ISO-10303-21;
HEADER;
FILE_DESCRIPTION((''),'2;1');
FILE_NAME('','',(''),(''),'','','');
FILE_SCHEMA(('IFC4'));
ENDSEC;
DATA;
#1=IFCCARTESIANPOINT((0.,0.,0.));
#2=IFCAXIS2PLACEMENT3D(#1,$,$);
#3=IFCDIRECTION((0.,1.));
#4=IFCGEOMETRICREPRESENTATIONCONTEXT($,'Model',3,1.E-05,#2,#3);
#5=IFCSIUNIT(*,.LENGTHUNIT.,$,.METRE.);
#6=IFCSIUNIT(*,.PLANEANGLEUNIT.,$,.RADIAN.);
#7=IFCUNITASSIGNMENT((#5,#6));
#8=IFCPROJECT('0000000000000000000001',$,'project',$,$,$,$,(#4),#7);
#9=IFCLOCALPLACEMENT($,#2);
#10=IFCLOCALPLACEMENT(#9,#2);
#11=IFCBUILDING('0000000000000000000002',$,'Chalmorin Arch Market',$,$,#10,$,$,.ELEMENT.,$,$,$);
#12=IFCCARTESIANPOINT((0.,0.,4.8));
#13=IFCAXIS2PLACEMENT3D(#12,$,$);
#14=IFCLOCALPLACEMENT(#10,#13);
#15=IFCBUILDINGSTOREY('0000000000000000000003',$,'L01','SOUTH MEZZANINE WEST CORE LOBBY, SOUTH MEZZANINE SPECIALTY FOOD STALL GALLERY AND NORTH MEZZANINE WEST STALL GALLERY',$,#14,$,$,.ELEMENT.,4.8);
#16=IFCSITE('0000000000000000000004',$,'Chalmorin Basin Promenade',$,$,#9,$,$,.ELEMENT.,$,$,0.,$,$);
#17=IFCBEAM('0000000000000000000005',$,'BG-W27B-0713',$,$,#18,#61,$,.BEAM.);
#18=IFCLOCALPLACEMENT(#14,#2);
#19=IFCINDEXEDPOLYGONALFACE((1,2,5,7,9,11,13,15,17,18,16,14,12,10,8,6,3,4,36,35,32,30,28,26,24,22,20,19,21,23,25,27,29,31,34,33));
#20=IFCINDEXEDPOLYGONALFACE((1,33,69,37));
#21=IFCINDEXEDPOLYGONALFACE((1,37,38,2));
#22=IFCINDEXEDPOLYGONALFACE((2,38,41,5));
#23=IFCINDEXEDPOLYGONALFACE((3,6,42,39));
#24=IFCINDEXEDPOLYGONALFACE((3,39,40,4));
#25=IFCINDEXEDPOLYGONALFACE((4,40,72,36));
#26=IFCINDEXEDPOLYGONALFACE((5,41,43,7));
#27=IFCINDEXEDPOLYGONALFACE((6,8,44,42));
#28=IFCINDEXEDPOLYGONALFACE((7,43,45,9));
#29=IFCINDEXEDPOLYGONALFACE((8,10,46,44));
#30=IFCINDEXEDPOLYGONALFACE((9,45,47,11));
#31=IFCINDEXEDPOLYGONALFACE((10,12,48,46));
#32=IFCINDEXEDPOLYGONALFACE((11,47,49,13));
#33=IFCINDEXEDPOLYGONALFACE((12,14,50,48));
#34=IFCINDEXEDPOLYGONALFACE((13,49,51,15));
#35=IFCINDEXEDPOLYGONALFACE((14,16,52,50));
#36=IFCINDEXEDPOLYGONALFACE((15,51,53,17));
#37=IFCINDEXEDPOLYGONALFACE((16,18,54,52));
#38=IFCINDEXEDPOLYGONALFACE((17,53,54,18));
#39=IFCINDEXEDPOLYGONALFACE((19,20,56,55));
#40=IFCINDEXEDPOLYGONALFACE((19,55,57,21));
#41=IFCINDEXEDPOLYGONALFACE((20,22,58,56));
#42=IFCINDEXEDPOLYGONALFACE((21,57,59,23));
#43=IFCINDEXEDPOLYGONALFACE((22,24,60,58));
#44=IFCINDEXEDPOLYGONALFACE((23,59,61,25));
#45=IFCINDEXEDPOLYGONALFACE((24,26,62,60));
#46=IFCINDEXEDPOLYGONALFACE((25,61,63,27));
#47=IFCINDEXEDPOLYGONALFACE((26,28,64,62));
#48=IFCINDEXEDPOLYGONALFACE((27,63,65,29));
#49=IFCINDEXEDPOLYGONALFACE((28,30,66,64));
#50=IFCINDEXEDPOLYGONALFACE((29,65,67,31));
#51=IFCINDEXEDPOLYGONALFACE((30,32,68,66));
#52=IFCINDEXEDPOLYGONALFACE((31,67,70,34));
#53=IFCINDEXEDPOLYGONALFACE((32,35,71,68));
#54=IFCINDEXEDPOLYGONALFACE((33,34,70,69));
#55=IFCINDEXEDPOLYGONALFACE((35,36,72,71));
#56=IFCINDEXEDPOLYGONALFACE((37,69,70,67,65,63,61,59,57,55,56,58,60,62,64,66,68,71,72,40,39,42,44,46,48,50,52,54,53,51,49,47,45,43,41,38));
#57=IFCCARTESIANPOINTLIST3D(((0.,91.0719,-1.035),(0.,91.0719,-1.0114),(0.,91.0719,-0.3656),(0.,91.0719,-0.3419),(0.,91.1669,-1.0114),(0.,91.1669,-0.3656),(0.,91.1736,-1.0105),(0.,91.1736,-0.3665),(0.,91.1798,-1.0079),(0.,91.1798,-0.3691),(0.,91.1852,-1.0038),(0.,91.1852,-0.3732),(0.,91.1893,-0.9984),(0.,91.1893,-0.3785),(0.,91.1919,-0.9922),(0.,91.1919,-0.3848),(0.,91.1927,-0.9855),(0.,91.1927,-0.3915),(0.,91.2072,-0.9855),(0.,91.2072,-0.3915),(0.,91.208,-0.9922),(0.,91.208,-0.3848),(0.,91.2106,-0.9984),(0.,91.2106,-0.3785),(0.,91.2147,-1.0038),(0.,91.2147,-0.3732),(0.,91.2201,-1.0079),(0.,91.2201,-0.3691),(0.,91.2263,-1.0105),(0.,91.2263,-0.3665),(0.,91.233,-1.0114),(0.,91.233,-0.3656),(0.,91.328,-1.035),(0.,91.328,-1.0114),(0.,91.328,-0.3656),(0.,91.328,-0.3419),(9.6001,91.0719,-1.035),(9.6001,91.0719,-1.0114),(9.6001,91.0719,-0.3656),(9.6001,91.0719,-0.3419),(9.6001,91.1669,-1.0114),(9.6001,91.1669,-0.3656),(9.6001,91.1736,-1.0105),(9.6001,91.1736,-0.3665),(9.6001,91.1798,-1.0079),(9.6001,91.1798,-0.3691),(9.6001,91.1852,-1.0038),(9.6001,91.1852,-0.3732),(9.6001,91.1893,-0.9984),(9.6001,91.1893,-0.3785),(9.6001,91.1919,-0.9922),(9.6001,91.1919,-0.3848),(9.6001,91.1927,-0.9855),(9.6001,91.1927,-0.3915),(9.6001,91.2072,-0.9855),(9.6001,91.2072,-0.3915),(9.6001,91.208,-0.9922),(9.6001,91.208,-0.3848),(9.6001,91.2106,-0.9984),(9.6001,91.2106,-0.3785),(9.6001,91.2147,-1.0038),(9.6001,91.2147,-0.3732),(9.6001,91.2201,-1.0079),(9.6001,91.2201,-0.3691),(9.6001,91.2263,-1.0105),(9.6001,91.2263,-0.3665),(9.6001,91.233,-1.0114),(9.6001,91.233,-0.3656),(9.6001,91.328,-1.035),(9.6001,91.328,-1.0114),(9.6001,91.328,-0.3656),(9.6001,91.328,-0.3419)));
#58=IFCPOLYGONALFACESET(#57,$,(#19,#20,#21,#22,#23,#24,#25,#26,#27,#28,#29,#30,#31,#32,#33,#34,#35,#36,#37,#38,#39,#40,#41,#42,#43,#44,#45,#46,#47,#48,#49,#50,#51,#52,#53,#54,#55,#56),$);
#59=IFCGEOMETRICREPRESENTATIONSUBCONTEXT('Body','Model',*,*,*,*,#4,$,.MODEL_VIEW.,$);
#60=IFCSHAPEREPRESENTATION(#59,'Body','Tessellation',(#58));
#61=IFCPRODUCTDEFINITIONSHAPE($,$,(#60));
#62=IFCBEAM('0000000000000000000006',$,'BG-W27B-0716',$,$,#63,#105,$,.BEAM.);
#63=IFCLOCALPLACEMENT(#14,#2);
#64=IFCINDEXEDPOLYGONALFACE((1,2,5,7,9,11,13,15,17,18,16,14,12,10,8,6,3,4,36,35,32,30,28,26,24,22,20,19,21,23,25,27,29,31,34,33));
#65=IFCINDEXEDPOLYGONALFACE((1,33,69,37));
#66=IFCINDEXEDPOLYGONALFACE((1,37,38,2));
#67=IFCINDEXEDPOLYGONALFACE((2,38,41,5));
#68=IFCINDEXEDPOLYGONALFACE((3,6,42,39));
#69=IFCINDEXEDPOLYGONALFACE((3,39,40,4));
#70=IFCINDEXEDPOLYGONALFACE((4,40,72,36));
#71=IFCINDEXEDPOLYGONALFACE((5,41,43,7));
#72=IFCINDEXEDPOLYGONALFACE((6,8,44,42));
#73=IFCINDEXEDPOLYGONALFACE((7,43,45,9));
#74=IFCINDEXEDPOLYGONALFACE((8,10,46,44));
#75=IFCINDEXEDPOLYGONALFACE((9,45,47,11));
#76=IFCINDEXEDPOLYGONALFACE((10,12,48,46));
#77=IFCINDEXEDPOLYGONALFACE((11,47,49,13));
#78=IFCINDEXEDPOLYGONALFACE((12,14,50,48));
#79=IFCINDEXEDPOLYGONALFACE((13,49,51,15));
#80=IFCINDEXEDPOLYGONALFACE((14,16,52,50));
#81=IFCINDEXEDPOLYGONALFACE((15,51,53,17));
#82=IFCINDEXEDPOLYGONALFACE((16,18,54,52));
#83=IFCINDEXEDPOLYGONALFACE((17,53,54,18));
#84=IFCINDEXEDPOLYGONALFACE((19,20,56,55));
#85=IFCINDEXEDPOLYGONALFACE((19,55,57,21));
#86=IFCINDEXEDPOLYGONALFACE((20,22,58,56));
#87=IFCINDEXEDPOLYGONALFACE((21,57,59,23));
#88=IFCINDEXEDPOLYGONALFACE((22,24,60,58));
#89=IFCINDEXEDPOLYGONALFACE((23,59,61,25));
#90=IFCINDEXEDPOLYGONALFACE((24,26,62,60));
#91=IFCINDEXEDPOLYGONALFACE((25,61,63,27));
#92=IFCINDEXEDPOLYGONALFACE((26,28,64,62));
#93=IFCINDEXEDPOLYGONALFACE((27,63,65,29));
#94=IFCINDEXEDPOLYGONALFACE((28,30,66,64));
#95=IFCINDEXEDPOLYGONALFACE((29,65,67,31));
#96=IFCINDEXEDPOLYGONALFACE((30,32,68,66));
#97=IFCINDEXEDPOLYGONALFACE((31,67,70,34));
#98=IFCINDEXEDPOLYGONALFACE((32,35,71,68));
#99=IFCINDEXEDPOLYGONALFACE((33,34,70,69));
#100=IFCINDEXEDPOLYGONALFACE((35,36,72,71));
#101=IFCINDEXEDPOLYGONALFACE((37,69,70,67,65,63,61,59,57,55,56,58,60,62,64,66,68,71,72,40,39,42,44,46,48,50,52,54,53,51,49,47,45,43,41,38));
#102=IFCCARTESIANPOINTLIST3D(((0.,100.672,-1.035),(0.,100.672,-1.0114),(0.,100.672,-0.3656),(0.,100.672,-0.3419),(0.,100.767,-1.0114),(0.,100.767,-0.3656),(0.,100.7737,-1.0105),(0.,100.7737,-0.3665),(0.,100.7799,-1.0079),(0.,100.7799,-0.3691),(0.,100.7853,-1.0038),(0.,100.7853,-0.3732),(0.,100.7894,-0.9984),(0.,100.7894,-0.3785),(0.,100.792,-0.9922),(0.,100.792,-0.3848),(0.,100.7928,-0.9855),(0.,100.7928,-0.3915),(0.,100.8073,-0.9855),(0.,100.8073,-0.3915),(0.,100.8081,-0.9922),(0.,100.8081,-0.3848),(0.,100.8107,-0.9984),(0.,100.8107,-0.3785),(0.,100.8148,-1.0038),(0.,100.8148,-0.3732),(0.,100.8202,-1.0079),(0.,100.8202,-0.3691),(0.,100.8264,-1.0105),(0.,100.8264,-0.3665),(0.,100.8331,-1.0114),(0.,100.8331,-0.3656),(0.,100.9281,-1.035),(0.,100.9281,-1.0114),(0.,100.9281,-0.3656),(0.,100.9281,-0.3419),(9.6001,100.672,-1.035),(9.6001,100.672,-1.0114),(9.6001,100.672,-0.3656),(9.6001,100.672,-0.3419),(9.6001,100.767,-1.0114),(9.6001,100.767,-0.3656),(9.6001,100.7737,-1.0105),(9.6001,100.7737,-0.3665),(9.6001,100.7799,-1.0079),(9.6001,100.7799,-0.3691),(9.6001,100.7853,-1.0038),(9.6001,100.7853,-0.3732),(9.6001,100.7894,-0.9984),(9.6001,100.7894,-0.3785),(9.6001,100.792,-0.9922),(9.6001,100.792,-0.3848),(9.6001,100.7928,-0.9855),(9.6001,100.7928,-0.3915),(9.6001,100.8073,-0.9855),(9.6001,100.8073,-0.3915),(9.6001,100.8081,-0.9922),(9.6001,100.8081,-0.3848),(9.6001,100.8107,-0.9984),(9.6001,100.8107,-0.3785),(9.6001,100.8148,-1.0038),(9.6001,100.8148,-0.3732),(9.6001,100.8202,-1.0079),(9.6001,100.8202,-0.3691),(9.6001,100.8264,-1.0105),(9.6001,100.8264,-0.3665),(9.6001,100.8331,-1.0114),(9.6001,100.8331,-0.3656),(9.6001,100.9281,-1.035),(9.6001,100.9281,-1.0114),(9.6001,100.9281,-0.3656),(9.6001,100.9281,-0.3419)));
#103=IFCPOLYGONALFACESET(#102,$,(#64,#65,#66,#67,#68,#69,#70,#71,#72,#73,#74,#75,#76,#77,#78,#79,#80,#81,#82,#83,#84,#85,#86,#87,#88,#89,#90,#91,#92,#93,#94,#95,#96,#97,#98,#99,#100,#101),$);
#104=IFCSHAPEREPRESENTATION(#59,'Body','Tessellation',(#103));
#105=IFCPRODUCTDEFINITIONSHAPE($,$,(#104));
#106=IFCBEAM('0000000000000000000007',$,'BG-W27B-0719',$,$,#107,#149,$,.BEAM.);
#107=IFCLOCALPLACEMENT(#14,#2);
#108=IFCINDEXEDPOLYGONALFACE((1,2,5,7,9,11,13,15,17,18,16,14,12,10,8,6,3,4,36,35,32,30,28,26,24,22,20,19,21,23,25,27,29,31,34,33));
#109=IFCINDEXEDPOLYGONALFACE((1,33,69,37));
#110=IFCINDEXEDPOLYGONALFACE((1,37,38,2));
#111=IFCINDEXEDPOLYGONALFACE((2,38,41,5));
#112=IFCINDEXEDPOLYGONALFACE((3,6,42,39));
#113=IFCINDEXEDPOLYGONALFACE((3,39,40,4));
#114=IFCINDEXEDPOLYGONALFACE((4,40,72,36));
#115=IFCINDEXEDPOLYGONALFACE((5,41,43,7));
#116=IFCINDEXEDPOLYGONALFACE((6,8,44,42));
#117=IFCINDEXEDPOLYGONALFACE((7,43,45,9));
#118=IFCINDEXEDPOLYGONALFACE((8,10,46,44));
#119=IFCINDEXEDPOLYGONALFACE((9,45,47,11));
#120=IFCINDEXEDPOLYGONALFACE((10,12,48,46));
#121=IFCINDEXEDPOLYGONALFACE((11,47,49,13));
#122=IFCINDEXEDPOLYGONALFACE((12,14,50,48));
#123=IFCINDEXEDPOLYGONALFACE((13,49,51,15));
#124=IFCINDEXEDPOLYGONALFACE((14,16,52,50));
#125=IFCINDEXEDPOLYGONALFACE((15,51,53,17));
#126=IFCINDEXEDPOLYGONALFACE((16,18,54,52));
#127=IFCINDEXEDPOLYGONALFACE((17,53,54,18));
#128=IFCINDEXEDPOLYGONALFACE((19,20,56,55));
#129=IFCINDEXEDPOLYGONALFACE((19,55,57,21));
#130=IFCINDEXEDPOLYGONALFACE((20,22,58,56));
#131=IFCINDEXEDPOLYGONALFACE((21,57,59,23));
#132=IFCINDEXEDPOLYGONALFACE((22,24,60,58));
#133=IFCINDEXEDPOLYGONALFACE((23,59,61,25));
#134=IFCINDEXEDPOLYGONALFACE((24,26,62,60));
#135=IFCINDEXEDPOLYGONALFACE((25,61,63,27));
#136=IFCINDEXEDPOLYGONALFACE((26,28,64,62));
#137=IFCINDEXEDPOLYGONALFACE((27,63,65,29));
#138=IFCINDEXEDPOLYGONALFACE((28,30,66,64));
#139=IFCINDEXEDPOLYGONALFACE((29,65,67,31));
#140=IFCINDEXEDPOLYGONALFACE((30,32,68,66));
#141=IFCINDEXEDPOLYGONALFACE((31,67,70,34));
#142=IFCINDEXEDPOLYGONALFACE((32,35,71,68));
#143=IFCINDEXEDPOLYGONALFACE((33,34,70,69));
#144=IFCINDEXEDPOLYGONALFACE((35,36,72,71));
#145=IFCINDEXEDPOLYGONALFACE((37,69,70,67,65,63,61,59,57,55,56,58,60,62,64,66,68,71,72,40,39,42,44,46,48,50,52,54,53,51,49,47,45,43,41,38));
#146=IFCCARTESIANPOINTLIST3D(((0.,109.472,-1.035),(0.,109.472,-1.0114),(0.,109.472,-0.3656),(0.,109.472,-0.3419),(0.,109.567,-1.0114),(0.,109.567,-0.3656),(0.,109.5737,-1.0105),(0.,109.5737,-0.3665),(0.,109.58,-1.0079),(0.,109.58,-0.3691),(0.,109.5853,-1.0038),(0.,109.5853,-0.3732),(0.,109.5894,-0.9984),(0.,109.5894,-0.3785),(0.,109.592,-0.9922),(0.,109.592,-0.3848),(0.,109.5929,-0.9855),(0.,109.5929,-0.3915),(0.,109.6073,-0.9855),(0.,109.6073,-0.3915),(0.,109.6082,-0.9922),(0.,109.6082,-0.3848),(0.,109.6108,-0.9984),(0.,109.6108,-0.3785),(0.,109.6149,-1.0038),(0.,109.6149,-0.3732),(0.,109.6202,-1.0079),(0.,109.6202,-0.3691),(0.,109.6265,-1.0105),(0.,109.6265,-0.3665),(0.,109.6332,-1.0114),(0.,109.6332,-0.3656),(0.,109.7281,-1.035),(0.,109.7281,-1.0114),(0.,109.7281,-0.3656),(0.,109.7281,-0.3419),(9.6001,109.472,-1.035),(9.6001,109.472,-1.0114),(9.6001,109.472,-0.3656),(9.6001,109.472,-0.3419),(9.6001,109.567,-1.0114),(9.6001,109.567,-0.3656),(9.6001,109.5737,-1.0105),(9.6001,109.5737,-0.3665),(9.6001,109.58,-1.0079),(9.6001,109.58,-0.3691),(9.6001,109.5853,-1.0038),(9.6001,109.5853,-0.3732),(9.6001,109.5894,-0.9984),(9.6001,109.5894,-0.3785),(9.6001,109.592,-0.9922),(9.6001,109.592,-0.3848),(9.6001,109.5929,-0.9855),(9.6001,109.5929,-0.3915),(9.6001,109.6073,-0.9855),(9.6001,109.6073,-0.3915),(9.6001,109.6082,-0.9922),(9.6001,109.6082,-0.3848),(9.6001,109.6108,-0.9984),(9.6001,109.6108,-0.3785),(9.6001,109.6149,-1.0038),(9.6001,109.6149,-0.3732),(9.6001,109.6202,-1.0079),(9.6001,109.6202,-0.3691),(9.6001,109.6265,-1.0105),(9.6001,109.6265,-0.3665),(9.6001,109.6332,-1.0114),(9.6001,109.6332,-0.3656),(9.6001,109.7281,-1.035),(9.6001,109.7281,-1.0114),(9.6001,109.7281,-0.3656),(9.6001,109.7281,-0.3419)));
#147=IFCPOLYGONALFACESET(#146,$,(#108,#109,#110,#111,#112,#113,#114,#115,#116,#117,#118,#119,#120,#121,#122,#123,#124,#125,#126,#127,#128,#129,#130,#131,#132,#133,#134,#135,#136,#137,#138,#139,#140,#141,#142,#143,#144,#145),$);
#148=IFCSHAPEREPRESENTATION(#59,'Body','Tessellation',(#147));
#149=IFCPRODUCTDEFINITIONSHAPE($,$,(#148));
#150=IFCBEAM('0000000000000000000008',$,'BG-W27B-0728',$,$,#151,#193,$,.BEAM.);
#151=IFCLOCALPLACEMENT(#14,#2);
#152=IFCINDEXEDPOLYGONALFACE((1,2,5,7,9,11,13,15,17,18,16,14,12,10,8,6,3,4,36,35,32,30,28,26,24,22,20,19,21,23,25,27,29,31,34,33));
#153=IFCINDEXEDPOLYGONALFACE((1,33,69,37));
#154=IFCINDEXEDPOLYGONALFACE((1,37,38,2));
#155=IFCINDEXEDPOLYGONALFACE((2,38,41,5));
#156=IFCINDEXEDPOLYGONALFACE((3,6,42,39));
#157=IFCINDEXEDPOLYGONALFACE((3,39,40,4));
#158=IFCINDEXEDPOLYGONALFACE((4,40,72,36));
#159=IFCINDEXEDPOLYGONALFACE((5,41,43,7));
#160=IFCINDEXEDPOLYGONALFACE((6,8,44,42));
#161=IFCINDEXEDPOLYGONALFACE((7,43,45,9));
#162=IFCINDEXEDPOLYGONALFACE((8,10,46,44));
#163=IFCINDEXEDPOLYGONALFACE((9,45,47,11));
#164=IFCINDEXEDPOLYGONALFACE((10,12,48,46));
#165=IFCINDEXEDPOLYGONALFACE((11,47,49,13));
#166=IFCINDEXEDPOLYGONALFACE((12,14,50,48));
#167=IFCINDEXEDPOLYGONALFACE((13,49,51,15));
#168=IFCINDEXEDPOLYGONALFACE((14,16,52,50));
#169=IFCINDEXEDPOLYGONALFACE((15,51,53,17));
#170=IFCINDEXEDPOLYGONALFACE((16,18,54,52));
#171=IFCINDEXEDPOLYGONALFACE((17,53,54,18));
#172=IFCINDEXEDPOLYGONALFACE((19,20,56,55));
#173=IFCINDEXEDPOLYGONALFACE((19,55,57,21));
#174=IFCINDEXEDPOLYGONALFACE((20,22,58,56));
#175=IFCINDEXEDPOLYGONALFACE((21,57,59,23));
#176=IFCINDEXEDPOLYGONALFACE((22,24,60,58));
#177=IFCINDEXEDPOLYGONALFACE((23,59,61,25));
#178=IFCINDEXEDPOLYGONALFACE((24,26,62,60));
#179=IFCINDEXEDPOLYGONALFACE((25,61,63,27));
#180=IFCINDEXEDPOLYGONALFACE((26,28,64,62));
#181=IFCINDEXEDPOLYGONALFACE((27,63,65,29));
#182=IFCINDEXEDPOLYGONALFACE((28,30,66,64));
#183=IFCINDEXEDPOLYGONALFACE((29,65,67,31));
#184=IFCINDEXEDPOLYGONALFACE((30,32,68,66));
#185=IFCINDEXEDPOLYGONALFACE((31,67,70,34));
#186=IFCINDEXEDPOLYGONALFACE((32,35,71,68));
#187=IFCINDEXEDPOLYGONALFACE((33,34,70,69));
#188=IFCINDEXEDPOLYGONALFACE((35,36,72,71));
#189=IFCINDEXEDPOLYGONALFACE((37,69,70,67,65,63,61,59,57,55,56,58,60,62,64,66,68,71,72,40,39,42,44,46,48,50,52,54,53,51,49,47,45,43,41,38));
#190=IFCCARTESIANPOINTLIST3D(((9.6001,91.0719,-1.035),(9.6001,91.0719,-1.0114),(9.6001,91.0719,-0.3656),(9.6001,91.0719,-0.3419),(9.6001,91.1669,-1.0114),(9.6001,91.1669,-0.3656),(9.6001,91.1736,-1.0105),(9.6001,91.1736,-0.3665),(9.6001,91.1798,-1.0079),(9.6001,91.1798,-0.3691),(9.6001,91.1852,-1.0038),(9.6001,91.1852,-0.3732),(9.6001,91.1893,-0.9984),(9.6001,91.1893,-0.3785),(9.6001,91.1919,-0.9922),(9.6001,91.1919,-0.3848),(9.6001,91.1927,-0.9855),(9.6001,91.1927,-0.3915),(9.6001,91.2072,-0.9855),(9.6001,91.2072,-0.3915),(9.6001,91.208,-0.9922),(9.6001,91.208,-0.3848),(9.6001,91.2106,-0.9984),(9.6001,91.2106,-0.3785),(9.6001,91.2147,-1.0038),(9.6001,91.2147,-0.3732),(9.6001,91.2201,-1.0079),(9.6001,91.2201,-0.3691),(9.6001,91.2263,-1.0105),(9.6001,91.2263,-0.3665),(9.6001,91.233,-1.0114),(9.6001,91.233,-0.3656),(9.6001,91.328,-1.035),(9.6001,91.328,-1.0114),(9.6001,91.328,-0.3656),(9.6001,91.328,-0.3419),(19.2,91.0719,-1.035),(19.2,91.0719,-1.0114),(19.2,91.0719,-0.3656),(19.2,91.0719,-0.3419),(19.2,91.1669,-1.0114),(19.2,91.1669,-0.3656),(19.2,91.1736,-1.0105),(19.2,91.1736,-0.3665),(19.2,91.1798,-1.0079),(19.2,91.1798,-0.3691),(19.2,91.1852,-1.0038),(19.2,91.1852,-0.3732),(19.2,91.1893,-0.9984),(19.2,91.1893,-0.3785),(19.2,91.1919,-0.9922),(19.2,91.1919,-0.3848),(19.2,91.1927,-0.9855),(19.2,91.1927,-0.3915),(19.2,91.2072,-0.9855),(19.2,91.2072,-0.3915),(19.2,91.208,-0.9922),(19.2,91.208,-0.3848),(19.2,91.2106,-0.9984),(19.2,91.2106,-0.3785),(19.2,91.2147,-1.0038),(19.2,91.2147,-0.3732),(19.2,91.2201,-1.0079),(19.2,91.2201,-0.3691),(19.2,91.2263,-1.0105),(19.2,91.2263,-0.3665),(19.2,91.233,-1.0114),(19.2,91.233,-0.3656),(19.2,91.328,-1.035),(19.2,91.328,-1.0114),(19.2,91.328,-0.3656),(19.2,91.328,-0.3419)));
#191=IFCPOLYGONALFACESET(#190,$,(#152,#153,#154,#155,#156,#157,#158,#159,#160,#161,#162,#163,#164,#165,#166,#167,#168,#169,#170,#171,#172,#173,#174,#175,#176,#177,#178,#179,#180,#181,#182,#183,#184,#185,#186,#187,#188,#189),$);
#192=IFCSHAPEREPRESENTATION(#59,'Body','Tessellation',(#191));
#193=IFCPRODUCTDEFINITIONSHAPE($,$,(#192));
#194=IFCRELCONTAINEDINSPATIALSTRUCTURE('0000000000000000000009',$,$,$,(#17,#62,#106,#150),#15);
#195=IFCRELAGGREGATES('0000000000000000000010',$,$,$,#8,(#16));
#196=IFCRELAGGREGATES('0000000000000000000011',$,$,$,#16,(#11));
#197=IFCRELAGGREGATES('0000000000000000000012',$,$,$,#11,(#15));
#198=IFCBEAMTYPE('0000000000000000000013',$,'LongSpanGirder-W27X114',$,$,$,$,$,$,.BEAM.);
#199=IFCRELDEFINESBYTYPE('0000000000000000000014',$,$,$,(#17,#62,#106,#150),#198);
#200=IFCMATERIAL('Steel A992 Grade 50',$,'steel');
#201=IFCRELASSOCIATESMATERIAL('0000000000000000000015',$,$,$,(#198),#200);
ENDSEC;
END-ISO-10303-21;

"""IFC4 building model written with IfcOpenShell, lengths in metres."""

from ifc_helpers import new_model, si_unit, direction, frame, origin, origin_2d, place, context, subcontext, project, spatial, i_section, extrude, material, material_profile, profile_set, type_object, element, save


model = new_model("IFC4")

# Units and contexts
model_context = context("Model", 3, precision=1e-05, world=origin(), true_north=direction((0.0, 1.0)))
body_context = subcontext(model_context, "Body", "Model", "MODEL_VIEW")
ifc_project = project(units=[si_unit("LENGTHUNIT", "METRE"), si_unit("PLANEANGLEUNIT", "RADIAN")], contexts=[model_context])

# Site, building, storey
site_placement = place(None, origin())
site = spatial("IfcSite", under=ifc_project, at=site_placement, Name="Chalmorin Basin Promenade", CompositionType="ELEMENT", RefElevation=0.0)
building_placement = place(site_placement, origin())
building = spatial("IfcBuilding", under=site, at=building_placement, Name="Chalmorin Arch Market", CompositionType="ELEMENT")
storey_placement = place(building_placement, frame((0.0, 0.0, 4.8)))
storey = spatial("IfcBuildingStorey", under=building, at=storey_placement, Name="L01", Description="SOUTH MEZZANINE WEST CORE LOBBY, SOUTH MEZZANINE SPECIALTY FOOD STALL GALLERY AND NORTH MEZZANINE WEST STALL GALLERY", CompositionType="ELEMENT", Elevation=4.8)

# Beams
ifc_material = material(Name="Steel A992 Grade 50", Category="steel")
ifc_material_profile_1 = material_profile(ifc_material, i_section(OverallWidth=0.2561, OverallDepth=0.6931, WebThickness=0.0144, FlangeThickness=0.0237, FilletRadius=0.0259, at=origin_2d()), Name="W27X114")
ifc_profile_set_1 = profile_set([ifc_material_profile_1], Name="Steel A992 Grade 50")
beam_type_1 = type_object("IfcBeamType", Name="LongSpanGirder-W27X114", PredefinedType="BEAM", material=ifc_profile_set_1)
for number, where, z_axis, x_axis, name in (
    (1, (0.0, 91.2, -0.6885), (1.0, 0.0, 0.0), (0.0, 1.0, 0.0), "BG-W27B-0713"),
    (2, (0.0, 100.8, -0.6885), (1.0, 0.0, 0.0), (0.0, 1.0, 0.0), "BG-W27B-0716"),
    (3, (0.0, 109.6001, -0.6885), (1.0, 0.0, 0.0), (0.0, 1.0, 0.0), "BG-W27B-0719"),
):
    element("IfcBeam", number, at=place(storey_placement, frame(where, z_axis=z_axis, x_axis=x_axis)), inside=storey, type_object=beam_type_1, Name=name, PredefinedType="BEAM", context=body_context, shape_type="SweptSolid", body=[
        extrude(i_section(OverallWidth=0.2561, OverallDepth=0.6931, WebThickness=0.0144, FlangeThickness=0.0237, FilletRadius=0.0259, at=origin_2d()), origin(), (0.0, 0.0, 1.0), 9.6001),
    ])
for number, where, z_axis, x_axis, name in (
    (4, (9.6001, 91.2, -0.6885), (1.0, 0.0, 0.0), (0.0, 1.0, 0.0), "BG-W27B-0728"),
):
    element("IfcBeam", number, at=place(storey_placement, frame(where, z_axis=z_axis, x_axis=x_axis)), inside=storey, type_object=beam_type_1, Name=name, PredefinedType="BEAM", context=body_context, shape_type="SweptSolid", body=[
        extrude(i_section(OverallWidth=0.2561, OverallDepth=0.6931, WebThickness=0.0144, FlangeThickness=0.0237, FilletRadius=0.0259, at=origin_2d()), origin(), (0.0, 0.0, 1.0), 9.5999),
    ])

save(model, "model.ifc")
